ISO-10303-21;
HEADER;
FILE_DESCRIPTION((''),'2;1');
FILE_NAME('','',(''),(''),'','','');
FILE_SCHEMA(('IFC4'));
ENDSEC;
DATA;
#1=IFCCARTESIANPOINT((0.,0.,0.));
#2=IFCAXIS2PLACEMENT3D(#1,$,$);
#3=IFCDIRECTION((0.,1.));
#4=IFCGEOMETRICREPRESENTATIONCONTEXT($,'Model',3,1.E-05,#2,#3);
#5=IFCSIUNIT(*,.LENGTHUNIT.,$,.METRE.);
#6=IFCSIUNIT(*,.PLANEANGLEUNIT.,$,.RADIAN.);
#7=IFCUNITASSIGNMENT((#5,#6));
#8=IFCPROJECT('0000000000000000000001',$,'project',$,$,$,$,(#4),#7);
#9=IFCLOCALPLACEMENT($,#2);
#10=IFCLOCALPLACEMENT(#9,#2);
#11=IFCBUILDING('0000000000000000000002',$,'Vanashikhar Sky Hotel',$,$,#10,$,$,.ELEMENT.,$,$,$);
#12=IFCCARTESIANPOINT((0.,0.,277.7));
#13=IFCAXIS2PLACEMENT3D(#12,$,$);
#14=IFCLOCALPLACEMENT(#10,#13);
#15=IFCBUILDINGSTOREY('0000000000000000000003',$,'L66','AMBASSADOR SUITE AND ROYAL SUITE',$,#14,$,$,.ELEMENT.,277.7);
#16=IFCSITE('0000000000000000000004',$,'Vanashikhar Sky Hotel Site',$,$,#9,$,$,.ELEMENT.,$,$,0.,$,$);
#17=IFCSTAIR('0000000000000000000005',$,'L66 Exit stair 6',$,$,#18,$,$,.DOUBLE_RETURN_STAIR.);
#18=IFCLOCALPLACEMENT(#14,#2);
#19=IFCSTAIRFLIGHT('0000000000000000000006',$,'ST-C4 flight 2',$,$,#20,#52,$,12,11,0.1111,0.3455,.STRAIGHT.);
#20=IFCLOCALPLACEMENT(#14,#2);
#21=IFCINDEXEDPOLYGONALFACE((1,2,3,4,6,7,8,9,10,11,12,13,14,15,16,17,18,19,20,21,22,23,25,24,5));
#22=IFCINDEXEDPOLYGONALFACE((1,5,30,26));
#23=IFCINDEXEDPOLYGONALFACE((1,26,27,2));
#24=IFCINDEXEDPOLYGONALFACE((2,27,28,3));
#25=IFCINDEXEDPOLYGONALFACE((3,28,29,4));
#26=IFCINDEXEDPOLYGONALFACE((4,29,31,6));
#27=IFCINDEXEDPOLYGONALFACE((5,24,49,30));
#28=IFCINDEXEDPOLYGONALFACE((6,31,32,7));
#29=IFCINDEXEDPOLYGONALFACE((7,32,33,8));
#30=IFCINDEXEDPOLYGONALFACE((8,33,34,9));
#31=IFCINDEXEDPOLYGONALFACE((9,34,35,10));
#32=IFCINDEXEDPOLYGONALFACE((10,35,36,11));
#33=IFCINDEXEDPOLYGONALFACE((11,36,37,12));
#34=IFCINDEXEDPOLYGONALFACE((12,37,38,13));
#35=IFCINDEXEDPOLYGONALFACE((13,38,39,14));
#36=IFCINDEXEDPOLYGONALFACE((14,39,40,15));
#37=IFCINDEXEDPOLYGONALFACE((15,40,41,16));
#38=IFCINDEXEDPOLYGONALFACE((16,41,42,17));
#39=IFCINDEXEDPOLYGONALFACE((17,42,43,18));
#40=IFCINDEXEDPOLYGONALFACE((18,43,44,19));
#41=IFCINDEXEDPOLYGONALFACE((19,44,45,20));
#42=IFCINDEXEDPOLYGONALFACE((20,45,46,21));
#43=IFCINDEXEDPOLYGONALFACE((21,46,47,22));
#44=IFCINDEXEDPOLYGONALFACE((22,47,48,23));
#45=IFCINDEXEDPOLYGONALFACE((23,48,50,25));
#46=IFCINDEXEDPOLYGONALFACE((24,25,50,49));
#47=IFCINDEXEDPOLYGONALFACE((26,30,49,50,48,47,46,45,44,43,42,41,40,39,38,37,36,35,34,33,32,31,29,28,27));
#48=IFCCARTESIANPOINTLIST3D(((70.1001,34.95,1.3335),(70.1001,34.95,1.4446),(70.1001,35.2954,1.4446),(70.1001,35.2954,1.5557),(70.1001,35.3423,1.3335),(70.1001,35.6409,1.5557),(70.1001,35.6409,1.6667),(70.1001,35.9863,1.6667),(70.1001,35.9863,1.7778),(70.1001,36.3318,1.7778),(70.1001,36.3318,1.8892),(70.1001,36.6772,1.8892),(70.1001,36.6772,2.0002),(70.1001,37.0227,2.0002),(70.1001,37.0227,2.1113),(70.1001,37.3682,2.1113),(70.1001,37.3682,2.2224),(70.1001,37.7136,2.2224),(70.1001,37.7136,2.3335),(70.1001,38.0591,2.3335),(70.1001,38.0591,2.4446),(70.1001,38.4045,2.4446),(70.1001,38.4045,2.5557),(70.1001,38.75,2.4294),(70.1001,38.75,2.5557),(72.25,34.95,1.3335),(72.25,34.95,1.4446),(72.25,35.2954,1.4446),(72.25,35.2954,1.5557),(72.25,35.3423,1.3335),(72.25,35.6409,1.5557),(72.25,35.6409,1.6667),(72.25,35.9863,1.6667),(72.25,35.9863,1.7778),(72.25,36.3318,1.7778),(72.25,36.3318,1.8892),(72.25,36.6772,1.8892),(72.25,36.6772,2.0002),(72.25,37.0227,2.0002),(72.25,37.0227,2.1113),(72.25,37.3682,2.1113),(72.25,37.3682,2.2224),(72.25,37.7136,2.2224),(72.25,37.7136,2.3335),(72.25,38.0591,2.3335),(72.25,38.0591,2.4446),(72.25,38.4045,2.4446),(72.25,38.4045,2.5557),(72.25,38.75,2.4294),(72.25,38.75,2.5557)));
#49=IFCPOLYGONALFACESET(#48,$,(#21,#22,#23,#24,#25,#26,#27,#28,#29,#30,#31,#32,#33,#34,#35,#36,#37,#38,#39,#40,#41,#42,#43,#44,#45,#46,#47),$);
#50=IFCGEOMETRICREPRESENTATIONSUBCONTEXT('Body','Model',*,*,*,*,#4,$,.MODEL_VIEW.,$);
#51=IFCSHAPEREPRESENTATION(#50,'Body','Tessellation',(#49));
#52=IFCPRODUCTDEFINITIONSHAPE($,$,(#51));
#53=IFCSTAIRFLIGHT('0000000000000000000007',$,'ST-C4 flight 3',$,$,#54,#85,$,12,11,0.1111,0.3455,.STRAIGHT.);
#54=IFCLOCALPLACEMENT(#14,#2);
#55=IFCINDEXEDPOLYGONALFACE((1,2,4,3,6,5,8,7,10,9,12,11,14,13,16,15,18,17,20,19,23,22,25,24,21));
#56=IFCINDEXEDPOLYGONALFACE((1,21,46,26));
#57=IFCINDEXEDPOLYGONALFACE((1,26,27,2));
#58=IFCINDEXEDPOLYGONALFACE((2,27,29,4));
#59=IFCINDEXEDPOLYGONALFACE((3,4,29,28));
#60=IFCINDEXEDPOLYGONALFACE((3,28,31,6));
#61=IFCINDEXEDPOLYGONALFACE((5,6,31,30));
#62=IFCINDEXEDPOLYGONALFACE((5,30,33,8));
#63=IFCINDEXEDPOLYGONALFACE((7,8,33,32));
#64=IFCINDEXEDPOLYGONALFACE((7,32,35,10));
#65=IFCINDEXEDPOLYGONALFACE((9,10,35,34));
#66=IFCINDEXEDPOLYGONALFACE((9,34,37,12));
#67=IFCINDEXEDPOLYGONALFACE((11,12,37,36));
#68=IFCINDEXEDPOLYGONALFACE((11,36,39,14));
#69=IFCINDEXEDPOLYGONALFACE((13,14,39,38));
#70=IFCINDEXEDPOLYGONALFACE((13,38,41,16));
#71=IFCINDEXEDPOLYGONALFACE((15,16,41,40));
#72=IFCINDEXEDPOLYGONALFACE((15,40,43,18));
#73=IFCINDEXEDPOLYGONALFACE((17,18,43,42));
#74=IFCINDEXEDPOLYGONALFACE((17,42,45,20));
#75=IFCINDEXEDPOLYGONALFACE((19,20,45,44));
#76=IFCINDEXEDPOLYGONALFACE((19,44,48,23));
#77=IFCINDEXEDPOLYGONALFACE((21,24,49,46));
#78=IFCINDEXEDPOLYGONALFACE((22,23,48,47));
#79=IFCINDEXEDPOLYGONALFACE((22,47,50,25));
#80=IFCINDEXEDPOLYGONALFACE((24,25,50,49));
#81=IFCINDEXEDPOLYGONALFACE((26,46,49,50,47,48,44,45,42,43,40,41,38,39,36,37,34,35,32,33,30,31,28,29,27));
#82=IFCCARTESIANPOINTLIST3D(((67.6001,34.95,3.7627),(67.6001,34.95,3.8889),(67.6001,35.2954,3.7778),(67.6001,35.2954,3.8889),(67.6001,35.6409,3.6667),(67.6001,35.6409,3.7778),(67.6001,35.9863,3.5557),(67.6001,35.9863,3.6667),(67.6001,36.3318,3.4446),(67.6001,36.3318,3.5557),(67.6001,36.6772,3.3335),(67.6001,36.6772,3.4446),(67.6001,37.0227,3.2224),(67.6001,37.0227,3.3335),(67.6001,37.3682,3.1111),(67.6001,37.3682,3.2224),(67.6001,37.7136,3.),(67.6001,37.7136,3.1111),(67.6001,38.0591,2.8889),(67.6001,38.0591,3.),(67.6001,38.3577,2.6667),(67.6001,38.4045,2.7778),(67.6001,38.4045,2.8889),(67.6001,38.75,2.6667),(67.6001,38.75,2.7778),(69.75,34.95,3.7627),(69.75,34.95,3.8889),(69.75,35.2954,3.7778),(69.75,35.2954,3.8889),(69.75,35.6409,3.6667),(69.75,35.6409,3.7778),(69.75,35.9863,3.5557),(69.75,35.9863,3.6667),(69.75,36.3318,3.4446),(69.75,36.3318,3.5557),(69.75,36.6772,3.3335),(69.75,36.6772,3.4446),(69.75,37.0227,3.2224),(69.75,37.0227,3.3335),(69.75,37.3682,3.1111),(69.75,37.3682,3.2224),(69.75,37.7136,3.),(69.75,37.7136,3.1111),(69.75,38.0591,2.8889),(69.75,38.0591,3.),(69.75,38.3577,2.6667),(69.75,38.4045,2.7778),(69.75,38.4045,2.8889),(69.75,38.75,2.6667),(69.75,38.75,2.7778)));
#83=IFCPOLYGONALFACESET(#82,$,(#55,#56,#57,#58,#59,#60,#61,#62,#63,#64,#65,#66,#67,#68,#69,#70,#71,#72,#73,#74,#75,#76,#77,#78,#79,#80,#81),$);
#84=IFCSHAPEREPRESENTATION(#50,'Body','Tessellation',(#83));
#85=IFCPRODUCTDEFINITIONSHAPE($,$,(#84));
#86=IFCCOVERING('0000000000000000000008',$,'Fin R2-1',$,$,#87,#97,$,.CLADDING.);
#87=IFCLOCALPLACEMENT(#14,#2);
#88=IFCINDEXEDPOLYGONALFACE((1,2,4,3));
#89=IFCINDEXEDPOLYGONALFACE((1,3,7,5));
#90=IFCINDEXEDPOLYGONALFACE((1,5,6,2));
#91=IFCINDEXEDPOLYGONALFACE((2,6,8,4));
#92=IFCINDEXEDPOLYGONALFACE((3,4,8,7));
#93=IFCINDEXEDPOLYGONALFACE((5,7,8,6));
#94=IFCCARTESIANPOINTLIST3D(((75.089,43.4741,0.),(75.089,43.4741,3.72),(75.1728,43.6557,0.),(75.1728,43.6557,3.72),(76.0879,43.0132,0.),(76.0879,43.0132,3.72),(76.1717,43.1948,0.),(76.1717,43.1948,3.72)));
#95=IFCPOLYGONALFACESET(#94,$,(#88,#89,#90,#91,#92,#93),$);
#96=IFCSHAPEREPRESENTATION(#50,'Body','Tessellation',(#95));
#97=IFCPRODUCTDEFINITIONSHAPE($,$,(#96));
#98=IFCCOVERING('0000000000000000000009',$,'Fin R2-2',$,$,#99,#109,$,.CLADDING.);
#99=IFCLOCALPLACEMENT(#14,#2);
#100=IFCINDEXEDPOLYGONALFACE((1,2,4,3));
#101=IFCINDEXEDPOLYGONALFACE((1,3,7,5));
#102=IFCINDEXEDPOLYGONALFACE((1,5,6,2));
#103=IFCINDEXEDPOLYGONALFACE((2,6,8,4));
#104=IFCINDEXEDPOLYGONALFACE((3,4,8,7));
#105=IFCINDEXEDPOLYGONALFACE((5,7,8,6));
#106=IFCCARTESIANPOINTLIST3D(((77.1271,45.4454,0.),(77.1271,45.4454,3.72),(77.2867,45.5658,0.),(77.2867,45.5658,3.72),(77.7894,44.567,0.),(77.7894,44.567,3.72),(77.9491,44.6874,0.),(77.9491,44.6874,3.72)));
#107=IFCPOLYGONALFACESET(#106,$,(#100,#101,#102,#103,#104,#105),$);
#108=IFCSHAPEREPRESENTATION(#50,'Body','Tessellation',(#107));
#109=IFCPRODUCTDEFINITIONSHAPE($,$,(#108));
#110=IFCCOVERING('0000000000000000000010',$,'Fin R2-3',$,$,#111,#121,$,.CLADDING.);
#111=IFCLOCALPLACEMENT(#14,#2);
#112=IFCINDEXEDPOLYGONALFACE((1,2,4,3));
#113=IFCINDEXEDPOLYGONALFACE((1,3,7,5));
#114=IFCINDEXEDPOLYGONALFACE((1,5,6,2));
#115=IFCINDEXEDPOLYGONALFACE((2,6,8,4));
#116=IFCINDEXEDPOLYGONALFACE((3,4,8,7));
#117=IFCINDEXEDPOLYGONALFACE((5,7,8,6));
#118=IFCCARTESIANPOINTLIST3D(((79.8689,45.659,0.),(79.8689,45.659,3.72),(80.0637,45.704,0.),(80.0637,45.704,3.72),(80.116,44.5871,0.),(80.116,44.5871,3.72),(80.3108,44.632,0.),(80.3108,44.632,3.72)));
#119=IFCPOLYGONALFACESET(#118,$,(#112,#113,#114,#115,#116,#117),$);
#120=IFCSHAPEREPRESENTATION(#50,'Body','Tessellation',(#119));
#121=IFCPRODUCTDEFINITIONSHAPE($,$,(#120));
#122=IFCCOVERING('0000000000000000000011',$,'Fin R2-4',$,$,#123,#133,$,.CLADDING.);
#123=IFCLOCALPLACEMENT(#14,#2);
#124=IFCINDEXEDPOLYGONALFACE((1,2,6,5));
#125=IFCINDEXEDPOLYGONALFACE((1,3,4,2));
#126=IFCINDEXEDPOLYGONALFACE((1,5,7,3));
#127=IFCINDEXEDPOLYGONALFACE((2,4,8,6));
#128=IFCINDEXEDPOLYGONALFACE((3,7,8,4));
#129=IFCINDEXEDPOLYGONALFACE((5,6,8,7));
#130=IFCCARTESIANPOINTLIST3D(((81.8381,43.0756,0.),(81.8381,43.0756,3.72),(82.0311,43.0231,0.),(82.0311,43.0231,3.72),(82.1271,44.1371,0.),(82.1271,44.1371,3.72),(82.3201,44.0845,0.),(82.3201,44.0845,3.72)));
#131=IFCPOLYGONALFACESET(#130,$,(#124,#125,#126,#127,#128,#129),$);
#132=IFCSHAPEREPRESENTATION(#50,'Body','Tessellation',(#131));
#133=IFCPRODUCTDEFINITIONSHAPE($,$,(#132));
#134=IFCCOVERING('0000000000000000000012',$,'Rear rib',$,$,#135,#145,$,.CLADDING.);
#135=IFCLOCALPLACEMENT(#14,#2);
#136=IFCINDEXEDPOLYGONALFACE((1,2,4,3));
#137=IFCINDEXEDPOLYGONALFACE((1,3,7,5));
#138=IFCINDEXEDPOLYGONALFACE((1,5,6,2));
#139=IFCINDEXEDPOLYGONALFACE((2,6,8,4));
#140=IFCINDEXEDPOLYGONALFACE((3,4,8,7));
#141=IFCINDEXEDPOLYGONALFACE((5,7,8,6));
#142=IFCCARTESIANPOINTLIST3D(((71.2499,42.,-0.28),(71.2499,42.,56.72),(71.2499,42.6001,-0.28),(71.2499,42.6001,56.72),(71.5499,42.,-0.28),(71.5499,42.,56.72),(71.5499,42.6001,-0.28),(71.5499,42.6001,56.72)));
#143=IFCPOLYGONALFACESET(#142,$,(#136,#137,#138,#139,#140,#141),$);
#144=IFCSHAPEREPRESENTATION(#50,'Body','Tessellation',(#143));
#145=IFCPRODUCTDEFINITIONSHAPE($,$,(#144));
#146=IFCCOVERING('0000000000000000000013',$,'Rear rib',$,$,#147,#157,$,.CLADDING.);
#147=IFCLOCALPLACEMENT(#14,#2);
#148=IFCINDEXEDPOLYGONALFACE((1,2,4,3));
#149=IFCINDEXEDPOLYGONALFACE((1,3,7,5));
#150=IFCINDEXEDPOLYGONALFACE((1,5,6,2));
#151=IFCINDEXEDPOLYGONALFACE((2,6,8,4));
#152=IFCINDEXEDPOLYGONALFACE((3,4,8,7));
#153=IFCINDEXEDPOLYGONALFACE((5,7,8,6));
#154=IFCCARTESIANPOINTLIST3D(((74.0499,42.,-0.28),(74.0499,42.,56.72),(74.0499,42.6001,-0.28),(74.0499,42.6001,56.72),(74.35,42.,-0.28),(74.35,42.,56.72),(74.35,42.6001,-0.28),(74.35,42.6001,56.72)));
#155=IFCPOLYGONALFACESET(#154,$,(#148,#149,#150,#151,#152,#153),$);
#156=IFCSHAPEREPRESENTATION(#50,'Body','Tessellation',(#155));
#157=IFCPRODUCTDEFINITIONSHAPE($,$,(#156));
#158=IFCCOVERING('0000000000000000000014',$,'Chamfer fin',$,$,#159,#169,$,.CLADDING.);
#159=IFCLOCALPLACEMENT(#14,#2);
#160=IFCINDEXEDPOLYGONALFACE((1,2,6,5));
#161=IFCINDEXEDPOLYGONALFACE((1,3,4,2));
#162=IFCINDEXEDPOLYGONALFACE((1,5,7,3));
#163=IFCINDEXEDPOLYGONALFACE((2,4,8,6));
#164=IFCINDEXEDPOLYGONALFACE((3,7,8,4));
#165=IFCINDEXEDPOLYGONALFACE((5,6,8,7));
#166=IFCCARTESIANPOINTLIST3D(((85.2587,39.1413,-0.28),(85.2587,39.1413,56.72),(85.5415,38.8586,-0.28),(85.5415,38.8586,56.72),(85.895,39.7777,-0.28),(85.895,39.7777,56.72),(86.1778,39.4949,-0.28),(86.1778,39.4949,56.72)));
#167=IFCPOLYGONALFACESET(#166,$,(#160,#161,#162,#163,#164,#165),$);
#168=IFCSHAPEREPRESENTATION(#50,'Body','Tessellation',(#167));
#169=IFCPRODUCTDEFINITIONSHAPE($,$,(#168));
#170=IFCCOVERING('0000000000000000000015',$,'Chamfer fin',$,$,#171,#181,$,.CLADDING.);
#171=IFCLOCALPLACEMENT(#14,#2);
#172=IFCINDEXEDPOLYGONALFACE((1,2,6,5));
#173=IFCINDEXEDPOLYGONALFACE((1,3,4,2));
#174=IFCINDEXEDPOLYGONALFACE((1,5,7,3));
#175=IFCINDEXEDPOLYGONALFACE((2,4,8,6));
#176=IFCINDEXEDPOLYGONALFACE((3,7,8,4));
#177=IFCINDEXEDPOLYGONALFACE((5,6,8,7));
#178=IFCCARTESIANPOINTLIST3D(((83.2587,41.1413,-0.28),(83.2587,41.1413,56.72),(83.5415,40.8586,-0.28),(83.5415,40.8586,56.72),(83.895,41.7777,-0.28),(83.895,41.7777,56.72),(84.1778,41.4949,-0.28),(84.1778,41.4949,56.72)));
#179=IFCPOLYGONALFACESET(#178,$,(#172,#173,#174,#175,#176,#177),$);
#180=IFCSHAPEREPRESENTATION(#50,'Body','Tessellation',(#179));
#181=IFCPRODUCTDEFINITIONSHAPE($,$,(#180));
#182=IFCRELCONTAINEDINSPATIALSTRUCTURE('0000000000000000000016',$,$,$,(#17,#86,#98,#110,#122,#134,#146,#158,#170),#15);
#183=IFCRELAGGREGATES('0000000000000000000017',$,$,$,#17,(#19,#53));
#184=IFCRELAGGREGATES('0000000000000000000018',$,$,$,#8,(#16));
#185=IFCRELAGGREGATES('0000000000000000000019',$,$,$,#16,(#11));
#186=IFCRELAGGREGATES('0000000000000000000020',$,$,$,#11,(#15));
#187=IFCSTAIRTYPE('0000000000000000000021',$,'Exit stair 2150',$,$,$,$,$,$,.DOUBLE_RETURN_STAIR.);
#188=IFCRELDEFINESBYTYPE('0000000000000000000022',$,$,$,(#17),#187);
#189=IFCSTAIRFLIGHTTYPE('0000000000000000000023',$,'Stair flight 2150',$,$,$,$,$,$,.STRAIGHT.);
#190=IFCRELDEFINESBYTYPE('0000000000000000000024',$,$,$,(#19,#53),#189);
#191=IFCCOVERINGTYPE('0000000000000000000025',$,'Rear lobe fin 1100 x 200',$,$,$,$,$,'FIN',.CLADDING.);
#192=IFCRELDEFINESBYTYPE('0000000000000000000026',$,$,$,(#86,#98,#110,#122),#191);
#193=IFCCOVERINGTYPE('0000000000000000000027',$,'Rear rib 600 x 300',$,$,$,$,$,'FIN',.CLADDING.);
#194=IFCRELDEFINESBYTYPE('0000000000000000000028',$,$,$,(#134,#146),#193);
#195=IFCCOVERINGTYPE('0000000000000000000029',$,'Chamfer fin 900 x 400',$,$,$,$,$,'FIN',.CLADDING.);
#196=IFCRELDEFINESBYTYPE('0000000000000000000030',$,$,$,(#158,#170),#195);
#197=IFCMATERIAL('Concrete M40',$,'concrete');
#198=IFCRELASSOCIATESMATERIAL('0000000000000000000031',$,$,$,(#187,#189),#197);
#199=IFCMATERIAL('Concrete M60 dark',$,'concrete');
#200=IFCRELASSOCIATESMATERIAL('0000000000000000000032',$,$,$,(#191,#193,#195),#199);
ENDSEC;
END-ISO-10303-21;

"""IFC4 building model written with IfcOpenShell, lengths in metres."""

from ifc_helpers import new_model, si_unit, direction, frame, origin, origin_2d, place, context, subcontext, project, spatial, polyline, rectangle, outline, extrude, source, transform, mapped, material, material_profile, profile_set, type_object, element, aggregate, save


model = new_model("IFC4")

# Units and contexts
model_context = context("Model", 3, precision=1e-05, world=origin(), true_north=direction((0.0, 1.0)))
body_context = subcontext(model_context, "Body", "Model", "MODEL_VIEW")
ifc_project = project(units=[si_unit("LENGTHUNIT", "METRE"), si_unit("PLANEANGLEUNIT", "RADIAN")], contexts=[model_context])

# Site, building, storey
site_placement = place(None, origin())
site = spatial("IfcSite", under=ifc_project, at=site_placement, Name="Vanashikhar Sky Hotel Site", CompositionType="ELEMENT", RefElevation=0.0)
building_placement = place(site_placement, origin())
building = spatial("IfcBuilding", under=site, at=building_placement, Name="Vanashikhar Sky Hotel", CompositionType="ELEMENT")
storey_placement = place(building_placement, frame((0.0, 0.0, 277.7)))
storey = spatial("IfcBuildingStorey", under=building, at=storey_placement, Name="L66", Description="AMBASSADOR SUITE AND ROYAL SUITE", CompositionType="ELEMENT", Elevation=277.7)

# Stair, stair flights
ifc_material_1 = material(Name="Concrete M40", Category="concrete")
stair_type = type_object("IfcStairType", Name="Exit stair 2150", PredefinedType="DOUBLE_RETURN_STAIR", material=ifc_material_1)
stair_placement = place(storey_placement, origin())
stair = element("IfcStair", 1, at=stair_placement, inside=storey, type_object=stair_type, Name="L66 Exit stair 6", PredefinedType="DOUBLE_RETURN_STAIR")
stair_flight_type = type_object("IfcStairFlightType", Name="Stair flight 2150", PredefinedType="STRAIGHT", material=ifc_material_1)
shared_shape_1 = source(origin(), body_context, "Body", "SweptSolid", [
    extrude(outline(polyline([(0.0, 0.0), (0.0, 0.1111), (0.3455, 0.1111), (0.3455, 0.2222), (0.6909, 0.2222), (0.6909, 0.3333), (1.0364, 0.3333), (1.0364, 0.4443), (1.3818, 0.4443), (1.3818, 0.5557), (1.7273, 0.5557), (1.7273, 0.6667), (2.0728, 0.6667), (2.0728, 0.7778), (2.4182, 0.7778), (2.4182, 0.8889), (2.7637, 0.8889), (2.7637, 1.0), (3.1091, 1.0), (3.1091, 1.1111), (3.4546, 1.1111), (3.4546, 1.2222), (3.8, 1.2222), (3.8, 1.3333), (3.8, 1.0959), (0.3923, 0.0), (0.0, 0.0)])), frame((0.0, 1.075, 0.0), z_axis=(0.0, -1.0, 0.0), x_axis=(1.0, 0.0, 0.0)), (0.0, 0.0, 1.0), 2.1499),
])
stair_flight_1_placement = place(storey_placement, frame((71.175, 34.95, 1.3335), z_axis=(0.0, 0.0, 1.0), x_axis=(0.0, 1.0, 0.0)))
stair_flight_1 = element("IfcStairFlight", 2, at=stair_flight_1_placement, type_object=stair_flight_type, Name="ST-C4 flight 2", NumberOfRisers=12, NumberOfTreads=11, PredefinedType="STRAIGHT", RiserHeight=0.1111, TreadLength=0.3455, context=body_context, shape_type="MappedRepresentation", body=[
    mapped(shared_shape_1, transform((0.0, 0.0, 0.0), scale=1.0)),
])
stair_flight_2_placement = place(storey_placement, frame((68.675, 38.75, 2.6667), z_axis=(0.0, 0.0, 1.0), x_axis=(0.0, -1.0, 0.0)))
stair_flight_2 = element("IfcStairFlight", 3, at=stair_flight_2_placement, type_object=stair_flight_type, Name="ST-C4 flight 3", NumberOfRisers=12, NumberOfTreads=11, PredefinedType="STRAIGHT", RiserHeight=0.1111, TreadLength=0.3455, context=body_context, shape_type="MappedRepresentation", body=[
    mapped(shared_shape_1, transform((0.0, 0.0, 0.0), scale=1.0)),
])
aggregate(stair, [stair_flight_1, stair_flight_2])

# Coverings
ifc_material_2 = material(Name="Concrete M60 dark", Category="concrete")
ifc_material_profile_1 = material_profile(ifc_material_2, rectangle(XDim=1.1001, YDim=0.2, at=origin_2d()))
ifc_profile_set_1 = profile_set([ifc_material_profile_1], Name="Rear lobe fin 1100 x 200")
covering_type_1 = type_object("IfcCoveringType", Name="Rear lobe fin 1100 x 200", ElementType="FIN", PredefinedType="CLADDING", material=ifc_profile_set_1)
shared_shape_2 = source(origin(), body_context, "Body", "SweptSolid", [
    extrude(rectangle(XDim=1.1001, YDim=0.2, at=origin_2d()), origin(), (0.0, 0.0, 1.0), 3.72),
])
for number, where, z_axis, x_axis, name in (
    (4, (75.6304, 43.3345, 0.0), (0.0, 0.0, 1.0), (-0.908004, 0.418961, 0.0), "Fin R2-1"),
    (5, (77.5381, 45.0664, 0.0), (0.0, 0.0, 1.0), (-0.602066, 0.798446, 0.0), "Fin R2-2"),
    (6, (80.0898, 45.1455, 0.0), (0.0, 0.0, 1.0), (-0.224645, 0.974441, 0.0), "Fin R2-3"),
    (7, (82.0791, 43.5801, 0.0), (0.0, 0.0, 1.0), (0.262711, 0.964874, 0.0), "Fin R2-4"),
):
    element("IfcCovering", number, at=place(storey_placement, frame(where, z_axis=z_axis, x_axis=x_axis)), inside=storey, type_object=covering_type_1, Name=name, PredefinedType="CLADDING", context=body_context, shape_type="MappedRepresentation", body=[
        mapped(shared_shape_2, transform((0.0, 0.0, 0.0), scale=1.0)),
    ])
ifc_material_profile_2 = material_profile(ifc_material_2, rectangle(XDim=0.6001, YDim=0.3, at=origin_2d()))
ifc_profile_set_2 = profile_set([ifc_material_profile_2], Name="Rear rib 600 x 300")
covering_type_2 = type_object("IfcCoveringType", Name="Rear rib 600 x 300", ElementType="FIN", PredefinedType="CLADDING", material=ifc_profile_set_2)
shared_shape_3 = source(origin(), body_context, "Body", "SweptSolid", [
    extrude(rectangle(XDim=0.6001, YDim=0.3, at=origin_2d()), origin(), (0.0, 0.0, 1.0), 57.0),
])
for number, where, z_axis, x_axis, name in (
    (8, (71.3999, 42.3, -0.28), (0.0, 0.0, 1.0), (0.0, 1.0, 0.0), "Rear rib"),
    (9, (74.2, 42.3, -0.28), (0.0, 0.0, 1.0), (0.0, 1.0, 0.0), "Rear rib"),
):
    element("IfcCovering", number, at=place(storey_placement, frame(where, z_axis=z_axis, x_axis=x_axis)), inside=storey, type_object=covering_type_2, Name=name, PredefinedType="CLADDING", context=body_context, shape_type="MappedRepresentation", body=[
        mapped(shared_shape_3, transform((0.0, 0.0, 0.0), scale=1.0)),
    ])
ifc_material_profile_3 = material_profile(ifc_material_2, rectangle(XDim=0.8999, YDim=0.3999, at=origin_2d()))
ifc_profile_set_3 = profile_set([ifc_material_profile_3], Name="Chamfer fin 900 x 400")
covering_type_3 = type_object("IfcCoveringType", Name="Chamfer fin 900 x 400", ElementType="FIN", PredefinedType="CLADDING", material=ifc_profile_set_3)
shared_shape_4 = source(origin(), body_context, "Body", "SweptSolid", [
    extrude(rectangle(XDim=0.8999, YDim=0.3999, at=origin_2d()), origin(), (0.0, 0.0, 1.0), 57.0),
])
for number, where, z_axis, x_axis, name in (
    (10, (85.7183, 39.3181, -0.28), (0.0, 0.0, 1.0), (0.707107, 0.707107, 0.0), "Chamfer fin"),
    (11, (83.7183, 41.3181, -0.28), (0.0, 0.0, 1.0), (0.707107, 0.707107, 0.0), "Chamfer fin"),
):
    element("IfcCovering", number, at=place(storey_placement, frame(where, z_axis=z_axis, x_axis=x_axis)), inside=storey, type_object=covering_type_3, Name=name, PredefinedType="CLADDING", context=body_context, shape_type="MappedRepresentation", body=[
        mapped(shared_shape_4, transform((0.0, 0.0, 0.0), scale=1.0)),
    ])

save(model, "model.ifc")
